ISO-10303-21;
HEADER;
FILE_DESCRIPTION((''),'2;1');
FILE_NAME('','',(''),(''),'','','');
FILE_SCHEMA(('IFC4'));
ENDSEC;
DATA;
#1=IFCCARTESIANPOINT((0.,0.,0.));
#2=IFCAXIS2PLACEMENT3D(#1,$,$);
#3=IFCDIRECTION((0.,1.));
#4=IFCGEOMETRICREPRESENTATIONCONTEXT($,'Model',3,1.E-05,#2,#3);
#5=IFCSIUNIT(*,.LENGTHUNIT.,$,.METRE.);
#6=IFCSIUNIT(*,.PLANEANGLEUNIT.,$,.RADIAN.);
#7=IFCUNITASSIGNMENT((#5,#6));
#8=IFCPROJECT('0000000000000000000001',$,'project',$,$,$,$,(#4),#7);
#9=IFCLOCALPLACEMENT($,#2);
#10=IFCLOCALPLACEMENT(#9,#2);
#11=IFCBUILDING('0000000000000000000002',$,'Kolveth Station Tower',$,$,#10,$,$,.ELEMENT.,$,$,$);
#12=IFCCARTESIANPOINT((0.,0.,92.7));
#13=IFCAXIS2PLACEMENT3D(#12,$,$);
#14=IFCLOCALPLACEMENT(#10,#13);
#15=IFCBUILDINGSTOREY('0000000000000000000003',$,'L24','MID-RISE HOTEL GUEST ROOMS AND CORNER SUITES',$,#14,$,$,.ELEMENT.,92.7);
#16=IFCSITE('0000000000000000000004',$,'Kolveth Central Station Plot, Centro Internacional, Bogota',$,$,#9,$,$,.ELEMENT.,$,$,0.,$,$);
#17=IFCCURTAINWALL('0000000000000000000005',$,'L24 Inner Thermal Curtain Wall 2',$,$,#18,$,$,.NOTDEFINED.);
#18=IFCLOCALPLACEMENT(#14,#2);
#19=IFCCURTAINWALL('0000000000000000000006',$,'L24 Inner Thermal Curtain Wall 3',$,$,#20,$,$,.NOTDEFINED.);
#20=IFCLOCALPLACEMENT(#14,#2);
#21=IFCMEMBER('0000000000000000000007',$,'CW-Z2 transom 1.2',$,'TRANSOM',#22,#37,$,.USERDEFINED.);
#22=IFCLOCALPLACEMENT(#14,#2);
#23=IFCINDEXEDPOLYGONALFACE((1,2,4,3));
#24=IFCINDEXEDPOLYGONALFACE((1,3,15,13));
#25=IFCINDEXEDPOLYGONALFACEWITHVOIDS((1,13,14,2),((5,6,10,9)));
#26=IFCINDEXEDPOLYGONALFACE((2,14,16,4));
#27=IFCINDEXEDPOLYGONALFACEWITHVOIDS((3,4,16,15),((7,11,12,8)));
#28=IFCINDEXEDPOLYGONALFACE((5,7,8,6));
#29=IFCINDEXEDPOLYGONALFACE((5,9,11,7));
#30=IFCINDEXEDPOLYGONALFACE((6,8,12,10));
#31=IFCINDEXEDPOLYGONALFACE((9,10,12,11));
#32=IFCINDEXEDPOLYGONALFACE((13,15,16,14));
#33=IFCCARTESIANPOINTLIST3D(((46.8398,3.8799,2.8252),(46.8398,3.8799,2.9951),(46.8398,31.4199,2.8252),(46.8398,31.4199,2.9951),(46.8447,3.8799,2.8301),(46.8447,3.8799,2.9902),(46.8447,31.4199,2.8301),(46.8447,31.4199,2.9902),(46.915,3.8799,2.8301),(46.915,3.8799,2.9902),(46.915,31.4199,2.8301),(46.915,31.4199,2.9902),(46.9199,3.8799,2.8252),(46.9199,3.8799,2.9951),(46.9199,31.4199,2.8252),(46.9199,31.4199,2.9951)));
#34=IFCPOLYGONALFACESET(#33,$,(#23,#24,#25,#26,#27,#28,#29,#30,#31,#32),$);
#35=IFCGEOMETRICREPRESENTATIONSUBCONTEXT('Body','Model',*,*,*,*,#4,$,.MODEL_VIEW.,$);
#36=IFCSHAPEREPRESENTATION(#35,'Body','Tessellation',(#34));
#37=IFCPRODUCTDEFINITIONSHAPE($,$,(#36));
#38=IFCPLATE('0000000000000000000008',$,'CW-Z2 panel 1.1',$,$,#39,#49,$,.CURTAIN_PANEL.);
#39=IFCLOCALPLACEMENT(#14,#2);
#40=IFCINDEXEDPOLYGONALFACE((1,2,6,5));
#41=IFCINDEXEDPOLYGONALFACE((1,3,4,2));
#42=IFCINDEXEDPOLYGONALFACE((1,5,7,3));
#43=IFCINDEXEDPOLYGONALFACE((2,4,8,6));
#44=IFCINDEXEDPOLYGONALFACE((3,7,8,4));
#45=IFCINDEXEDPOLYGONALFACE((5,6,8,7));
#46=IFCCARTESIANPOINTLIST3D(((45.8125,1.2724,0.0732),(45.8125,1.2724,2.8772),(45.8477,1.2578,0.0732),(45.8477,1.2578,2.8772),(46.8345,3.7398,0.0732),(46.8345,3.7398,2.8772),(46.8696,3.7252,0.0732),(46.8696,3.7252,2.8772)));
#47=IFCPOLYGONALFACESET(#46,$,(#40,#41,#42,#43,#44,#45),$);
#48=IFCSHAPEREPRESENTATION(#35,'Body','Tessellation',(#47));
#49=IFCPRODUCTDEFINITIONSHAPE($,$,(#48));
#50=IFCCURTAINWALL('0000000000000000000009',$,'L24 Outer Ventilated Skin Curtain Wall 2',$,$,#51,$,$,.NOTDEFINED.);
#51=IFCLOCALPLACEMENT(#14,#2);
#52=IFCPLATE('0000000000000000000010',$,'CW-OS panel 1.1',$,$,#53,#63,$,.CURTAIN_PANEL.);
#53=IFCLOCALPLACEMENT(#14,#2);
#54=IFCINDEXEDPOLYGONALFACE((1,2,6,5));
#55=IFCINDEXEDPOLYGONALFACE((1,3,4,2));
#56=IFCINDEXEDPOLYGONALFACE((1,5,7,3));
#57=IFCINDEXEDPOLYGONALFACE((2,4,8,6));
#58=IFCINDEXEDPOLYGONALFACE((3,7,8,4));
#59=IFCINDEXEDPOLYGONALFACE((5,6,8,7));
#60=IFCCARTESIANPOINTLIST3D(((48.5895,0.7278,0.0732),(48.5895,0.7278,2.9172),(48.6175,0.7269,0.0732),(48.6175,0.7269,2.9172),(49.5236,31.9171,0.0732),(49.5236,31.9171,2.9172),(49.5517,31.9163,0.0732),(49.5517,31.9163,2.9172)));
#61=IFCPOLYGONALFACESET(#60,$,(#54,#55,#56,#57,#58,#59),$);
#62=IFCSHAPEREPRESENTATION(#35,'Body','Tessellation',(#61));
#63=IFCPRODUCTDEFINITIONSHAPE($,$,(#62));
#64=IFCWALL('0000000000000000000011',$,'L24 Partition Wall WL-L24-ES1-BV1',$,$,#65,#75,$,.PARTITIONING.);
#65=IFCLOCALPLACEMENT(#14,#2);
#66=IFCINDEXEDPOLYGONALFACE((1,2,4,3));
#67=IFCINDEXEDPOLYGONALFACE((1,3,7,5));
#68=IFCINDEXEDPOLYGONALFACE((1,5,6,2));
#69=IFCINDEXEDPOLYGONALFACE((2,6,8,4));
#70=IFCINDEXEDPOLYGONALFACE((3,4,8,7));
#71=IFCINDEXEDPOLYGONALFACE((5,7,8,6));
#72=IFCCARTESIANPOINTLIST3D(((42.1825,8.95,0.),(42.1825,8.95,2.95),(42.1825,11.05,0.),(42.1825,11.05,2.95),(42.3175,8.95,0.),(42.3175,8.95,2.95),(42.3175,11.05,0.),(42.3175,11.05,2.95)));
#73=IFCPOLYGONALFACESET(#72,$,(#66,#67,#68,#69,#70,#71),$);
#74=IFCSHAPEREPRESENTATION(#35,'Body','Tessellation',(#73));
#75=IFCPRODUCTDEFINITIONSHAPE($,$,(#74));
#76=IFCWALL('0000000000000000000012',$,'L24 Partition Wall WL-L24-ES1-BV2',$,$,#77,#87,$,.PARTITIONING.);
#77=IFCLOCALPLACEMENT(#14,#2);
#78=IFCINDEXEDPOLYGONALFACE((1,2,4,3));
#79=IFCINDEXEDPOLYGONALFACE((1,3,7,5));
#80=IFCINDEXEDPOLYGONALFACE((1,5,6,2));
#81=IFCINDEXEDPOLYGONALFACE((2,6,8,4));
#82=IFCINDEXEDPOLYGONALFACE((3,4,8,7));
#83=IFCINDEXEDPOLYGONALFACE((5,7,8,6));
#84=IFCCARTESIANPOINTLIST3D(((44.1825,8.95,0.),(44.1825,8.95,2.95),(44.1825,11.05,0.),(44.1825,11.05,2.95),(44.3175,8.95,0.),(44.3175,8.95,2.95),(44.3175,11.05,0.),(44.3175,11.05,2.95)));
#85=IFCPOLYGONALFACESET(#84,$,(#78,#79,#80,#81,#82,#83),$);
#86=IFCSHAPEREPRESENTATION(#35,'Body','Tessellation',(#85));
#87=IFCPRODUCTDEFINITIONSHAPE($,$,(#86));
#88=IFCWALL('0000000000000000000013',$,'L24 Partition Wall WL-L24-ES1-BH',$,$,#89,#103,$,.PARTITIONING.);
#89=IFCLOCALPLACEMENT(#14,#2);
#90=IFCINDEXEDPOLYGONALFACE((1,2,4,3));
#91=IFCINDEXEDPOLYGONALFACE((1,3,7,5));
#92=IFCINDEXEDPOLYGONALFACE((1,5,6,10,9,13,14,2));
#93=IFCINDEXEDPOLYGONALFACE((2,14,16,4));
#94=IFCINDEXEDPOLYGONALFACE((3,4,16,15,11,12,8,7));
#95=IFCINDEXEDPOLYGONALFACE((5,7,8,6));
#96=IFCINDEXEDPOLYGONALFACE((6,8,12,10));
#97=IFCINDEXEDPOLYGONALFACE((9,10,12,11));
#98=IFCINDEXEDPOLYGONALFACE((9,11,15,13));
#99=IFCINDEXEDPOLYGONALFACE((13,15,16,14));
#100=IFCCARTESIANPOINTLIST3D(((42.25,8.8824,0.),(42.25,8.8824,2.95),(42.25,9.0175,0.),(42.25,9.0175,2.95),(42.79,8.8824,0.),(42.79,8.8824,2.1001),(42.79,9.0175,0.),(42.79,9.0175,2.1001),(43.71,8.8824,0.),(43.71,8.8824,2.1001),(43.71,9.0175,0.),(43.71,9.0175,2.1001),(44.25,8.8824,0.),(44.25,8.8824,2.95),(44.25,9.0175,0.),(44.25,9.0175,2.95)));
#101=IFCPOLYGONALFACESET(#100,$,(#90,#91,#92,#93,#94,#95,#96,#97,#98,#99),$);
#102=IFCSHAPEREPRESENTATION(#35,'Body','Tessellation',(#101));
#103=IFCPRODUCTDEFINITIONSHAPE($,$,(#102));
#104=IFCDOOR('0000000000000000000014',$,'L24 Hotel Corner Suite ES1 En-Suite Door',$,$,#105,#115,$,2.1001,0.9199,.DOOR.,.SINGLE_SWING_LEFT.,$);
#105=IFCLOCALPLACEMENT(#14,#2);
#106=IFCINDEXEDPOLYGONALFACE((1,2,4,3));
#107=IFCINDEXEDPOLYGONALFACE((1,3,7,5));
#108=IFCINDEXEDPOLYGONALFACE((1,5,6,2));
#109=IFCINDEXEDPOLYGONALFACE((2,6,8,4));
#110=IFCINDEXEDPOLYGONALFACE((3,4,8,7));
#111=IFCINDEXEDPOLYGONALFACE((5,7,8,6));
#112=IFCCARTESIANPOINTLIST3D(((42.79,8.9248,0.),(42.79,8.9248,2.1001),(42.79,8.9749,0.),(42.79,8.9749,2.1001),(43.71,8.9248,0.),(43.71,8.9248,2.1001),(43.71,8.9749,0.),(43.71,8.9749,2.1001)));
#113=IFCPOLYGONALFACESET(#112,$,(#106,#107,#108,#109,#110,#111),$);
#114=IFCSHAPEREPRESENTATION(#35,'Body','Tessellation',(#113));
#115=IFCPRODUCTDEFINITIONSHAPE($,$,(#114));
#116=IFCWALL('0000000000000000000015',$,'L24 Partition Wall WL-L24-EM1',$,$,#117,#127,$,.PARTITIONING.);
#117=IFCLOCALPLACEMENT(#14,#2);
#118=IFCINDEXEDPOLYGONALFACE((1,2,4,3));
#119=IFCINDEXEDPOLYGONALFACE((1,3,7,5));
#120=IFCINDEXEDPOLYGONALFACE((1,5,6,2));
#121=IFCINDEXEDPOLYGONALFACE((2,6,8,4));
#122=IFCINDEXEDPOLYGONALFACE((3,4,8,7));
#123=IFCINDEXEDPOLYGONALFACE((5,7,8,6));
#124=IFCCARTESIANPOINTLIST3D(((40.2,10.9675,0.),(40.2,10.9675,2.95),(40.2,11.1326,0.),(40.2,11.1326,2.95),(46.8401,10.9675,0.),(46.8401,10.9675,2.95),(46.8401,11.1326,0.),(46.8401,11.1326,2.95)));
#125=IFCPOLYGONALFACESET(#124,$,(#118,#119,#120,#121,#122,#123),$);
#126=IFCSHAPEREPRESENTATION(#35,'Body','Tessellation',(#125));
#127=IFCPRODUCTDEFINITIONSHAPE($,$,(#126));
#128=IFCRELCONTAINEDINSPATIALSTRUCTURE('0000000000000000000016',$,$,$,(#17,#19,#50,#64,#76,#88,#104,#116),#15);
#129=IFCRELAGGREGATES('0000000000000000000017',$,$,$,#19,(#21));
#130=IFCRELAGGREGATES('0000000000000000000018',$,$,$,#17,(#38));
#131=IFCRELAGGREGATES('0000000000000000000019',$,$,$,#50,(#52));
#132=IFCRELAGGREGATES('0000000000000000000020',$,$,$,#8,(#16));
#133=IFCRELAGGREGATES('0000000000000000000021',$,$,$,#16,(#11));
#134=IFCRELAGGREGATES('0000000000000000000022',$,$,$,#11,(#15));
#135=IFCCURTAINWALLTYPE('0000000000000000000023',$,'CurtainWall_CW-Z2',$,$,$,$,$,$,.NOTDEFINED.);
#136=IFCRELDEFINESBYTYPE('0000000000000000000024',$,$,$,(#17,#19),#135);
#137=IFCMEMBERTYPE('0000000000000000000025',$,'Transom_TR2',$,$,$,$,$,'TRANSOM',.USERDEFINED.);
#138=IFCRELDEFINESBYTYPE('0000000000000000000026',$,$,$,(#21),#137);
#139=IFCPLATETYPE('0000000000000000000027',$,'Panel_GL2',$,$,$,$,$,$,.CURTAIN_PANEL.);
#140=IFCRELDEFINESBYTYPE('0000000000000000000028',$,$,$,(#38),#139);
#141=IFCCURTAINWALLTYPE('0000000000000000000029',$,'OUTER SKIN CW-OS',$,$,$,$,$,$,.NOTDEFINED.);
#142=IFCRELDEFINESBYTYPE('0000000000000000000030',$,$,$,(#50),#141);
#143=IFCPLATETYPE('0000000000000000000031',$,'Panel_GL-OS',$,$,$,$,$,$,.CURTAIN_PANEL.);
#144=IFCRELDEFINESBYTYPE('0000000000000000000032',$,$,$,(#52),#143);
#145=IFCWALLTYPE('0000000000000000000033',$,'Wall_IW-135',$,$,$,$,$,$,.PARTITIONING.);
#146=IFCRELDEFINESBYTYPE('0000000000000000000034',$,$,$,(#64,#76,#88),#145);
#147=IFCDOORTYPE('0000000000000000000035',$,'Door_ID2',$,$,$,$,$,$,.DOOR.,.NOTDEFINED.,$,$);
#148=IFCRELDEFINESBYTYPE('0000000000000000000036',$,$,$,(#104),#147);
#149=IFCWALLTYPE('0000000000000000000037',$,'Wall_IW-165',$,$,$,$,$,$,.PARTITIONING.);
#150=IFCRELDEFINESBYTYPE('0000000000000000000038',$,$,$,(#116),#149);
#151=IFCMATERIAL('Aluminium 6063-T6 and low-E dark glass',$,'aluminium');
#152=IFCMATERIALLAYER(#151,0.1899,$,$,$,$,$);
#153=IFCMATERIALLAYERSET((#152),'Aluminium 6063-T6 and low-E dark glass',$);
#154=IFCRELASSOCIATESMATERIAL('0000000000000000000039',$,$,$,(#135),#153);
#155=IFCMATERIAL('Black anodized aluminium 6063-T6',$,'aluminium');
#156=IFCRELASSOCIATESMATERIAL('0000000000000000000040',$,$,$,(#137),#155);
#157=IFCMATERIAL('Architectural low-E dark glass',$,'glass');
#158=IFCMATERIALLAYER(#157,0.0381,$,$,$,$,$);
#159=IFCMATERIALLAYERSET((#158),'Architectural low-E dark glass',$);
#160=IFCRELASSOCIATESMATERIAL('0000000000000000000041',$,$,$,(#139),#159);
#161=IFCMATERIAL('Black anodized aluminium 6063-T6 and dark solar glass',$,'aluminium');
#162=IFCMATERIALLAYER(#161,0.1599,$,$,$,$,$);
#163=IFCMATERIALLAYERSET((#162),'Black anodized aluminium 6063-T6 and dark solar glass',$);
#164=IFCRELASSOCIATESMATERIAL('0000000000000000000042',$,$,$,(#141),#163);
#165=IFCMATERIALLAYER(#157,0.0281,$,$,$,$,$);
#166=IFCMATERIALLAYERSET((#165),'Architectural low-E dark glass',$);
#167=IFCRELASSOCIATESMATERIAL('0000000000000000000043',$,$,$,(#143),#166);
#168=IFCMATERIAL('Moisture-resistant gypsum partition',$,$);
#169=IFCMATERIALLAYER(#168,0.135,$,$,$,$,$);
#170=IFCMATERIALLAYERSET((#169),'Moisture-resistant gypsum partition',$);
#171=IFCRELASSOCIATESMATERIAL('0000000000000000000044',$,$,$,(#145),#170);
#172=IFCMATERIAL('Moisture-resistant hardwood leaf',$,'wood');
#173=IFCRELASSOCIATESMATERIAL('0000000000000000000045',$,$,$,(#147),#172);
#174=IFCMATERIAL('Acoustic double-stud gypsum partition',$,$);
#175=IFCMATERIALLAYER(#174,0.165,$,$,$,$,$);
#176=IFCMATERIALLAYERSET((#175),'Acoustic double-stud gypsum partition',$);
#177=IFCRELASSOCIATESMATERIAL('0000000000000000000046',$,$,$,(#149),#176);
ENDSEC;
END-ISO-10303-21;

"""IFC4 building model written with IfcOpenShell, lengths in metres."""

from ifc_helpers import new_model, si_unit, direction, frame, frame_2d, origin, origin_2d, place, context, subcontext, project, spatial, rectangle, hollow_rectangle, extrude, source, transform, mapped, material, layer, layer_set, material_profile, profile_set, type_object, element, fill, aggregate, save


model = new_model("IFC4")

# Units and contexts
model_context = context("Model", 3, precision=1e-05, world=origin(), true_north=direction((0.0, 1.0)))
body_context = subcontext(model_context, "Body", "Model", "MODEL_VIEW")
ifc_project = project(units=[si_unit("LENGTHUNIT", "METRE"), si_unit("PLANEANGLEUNIT", "RADIAN")], contexts=[model_context])

# Site, building, storey
site_placement = place(None, origin())
site = spatial("IfcSite", under=ifc_project, at=site_placement, Name="Kolveth Central Station Plot, Centro Internacional, Bogota", CompositionType="ELEMENT", RefElevation=0.0)
building_placement = place(site_placement, origin())
building = spatial("IfcBuilding", under=site, at=building_placement, Name="Kolveth Station Tower", CompositionType="ELEMENT")
storey_placement = place(building_placement, frame((0.0, 0.0, 92.7)))
storey = spatial("IfcBuildingStorey", under=building, at=storey_placement, Name="L24", Description="MID-RISE HOTEL GUEST ROOMS AND CORNER SUITES", CompositionType="ELEMENT", Elevation=92.7)

# Curtain wall
ifc_material_1 = material(Name="Aluminium 6063-T6 and low-E dark glass", Category="aluminium")
ifc_layer_1 = layer(ifc_material_1, 0.1899)
ifc_layer_set_1 = layer_set([ifc_layer_1], Name="Aluminium 6063-T6 and low-E dark glass")
curtain_wall_type_1 = type_object("IfcCurtainWallType", Name="CurtainWall_CW-Z2", PredefinedType="NOTDEFINED", material=ifc_layer_set_1)
curtain_wall_1_placement = place(storey_placement, origin())
curtain_wall_1 = element("IfcCurtainWall", 1, at=curtain_wall_1_placement, inside=storey, type_object=curtain_wall_type_1, Name="L24 Inner Thermal Curtain Wall 2", PredefinedType="NOTDEFINED")
ifc_material_2 = material(Name="Black anodized aluminium 6063-T6", Category="aluminium")

# Curtain wall
curtain_wall_2_placement = place(storey_placement, origin())
curtain_wall_2 = element("IfcCurtainWall", 2, at=curtain_wall_2_placement, inside=storey, type_object=curtain_wall_type_1, Name="L24 Inner Thermal Curtain Wall 3", PredefinedType="NOTDEFINED")

# Member
ifc_material_profile_1 = material_profile(ifc_material_2, hollow_rectangle(XDim=0.0801, YDim=0.1699, WallThickness=0.0049, at=origin_2d()), Name="ALU-80x170x5")
ifc_profile_set_1 = profile_set([ifc_material_profile_1], Name="Black anodized aluminium 6063-T6")
member_type_1 = type_object("IfcMemberType", Name="Transom_TR2", ElementType="TRANSOM", PredefinedType="USERDEFINED", material=ifc_profile_set_1)
shared_shape_1 = source(origin(), body_context, "Body", "SweptSolid", [
    extrude(hollow_rectangle(XDim=0.0801, YDim=0.1699, WallThickness=0.0049, at=origin_2d()), origin(), (0.0, 0.0, 1.0), 27.54),
])
member_1_placement = place(storey_placement, frame((46.8799, 3.8799, 2.9102), z_axis=(0.0, 1.0, 0.0), x_axis=(-1.0, 0.0, 0.0)))
member_1 = element("IfcMember", 3, at=member_1_placement, type_object=member_type_1, Name="CW-Z2 transom 1.2", ObjectType="TRANSOM", PredefinedType="USERDEFINED", context=body_context, shape_type="MappedRepresentation", body=[
    mapped(shared_shape_1, transform((0.0, 0.0, 0.0), x_axis=(1.0, 0.0, 0.0), y_axis=(0.0, 1.0, 0.0), z_axis=(0.0, 0.0, 1.0), scale=1.0)),
])
aggregate(curtain_wall_2, [member_1])

# Plate
ifc_material_3 = material(Name="Architectural low-E dark glass", Category="glass")
ifc_layer_2 = layer(ifc_material_3, 0.0381)
ifc_layer_set_2 = layer_set([ifc_layer_2], Name="Architectural low-E dark glass")
plate_type_1 = type_object("IfcPlateType", Name="Panel_GL2", PredefinedType="CURTAIN_PANEL", material=ifc_layer_set_2)
shared_shape_2 = source(origin(), body_context, "Body", "SweptSolid", [
    extrude(rectangle(XDim=2.6707, YDim=0.0381, at=origin_2d()), origin(), (0.0, 0.0, 1.0), 2.804),
])
plate_1_placement = place(storey_placement, frame((46.3411, 2.4988, 0.0732), z_axis=(0.0, 0.0, 1.0), x_axis=(0.382663, 0.923888, 0.0)))
plate_1 = element("IfcPlate", 4, at=plate_1_placement, type_object=plate_type_1, Name="CW-Z2 panel 1.1", PredefinedType="CURTAIN_PANEL", context=body_context, shape_type="MappedRepresentation", body=[
    mapped(shared_shape_2, transform((0.0, 0.0, 0.0), x_axis=(1.0, 0.0, 0.0), y_axis=(0.0, 1.0, 0.0), z_axis=(0.0, 0.0, 1.0), scale=1.0)),
])
aggregate(curtain_wall_1, [plate_1])

# Curtain wall, plate
ifc_material_4 = material(Name="Black anodized aluminium 6063-T6 and dark solar glass", Category="aluminium")
ifc_layer_3 = layer(ifc_material_4, 0.1599)
ifc_layer_set_3 = layer_set([ifc_layer_3], Name="Black anodized aluminium 6063-T6 and dark solar glass")
curtain_wall_type_2 = type_object("IfcCurtainWallType", Name="OUTER SKIN CW-OS", PredefinedType="NOTDEFINED", material=ifc_layer_set_3)
curtain_wall_3_placement = place(storey_placement, origin())
curtain_wall_3 = element("IfcCurtainWall", 5, at=curtain_wall_3_placement, inside=storey, type_object=curtain_wall_type_2, Name="L24 Outer Ventilated Skin Curtain Wall 2", PredefinedType="NOTDEFINED")
ifc_layer_4 = layer(ifc_material_3, 0.0281)
ifc_layer_set_4 = layer_set([ifc_layer_4], Name="Architectural low-E dark glass")
plate_type_2 = type_object("IfcPlateType", Name="Panel_GL-OS", PredefinedType="CURTAIN_PANEL", material=ifc_layer_set_4)
shared_shape_3 = source(origin(), body_context, "Body", "SweptSolid", [
    extrude(rectangle(XDim=31.2034, YDim=0.0281, at=origin_2d()), origin(), (0.0, 0.0, 1.0), 2.844),
])
plate_2_placement = place(storey_placement, frame((49.0706, 16.322, 0.0732), z_axis=(0.0, 0.0, 1.0), x_axis=(0.029937, 0.999552, 0.0)))
plate_2 = element("IfcPlate", 6, at=plate_2_placement, type_object=plate_type_2, Name="CW-OS panel 1.1", PredefinedType="CURTAIN_PANEL", context=body_context, shape_type="MappedRepresentation", body=[
    mapped(shared_shape_3, transform((0.0, 0.0, 0.0), x_axis=(1.0, 0.0, 0.0), y_axis=(0.0, 1.0, 0.0), z_axis=(0.0, 0.0, 1.0), scale=1.0)),
])
aggregate(curtain_wall_3, [plate_2])

# Walls
ifc_material_5 = material(Name="Moisture-resistant gypsum partition")
ifc_layer_5 = layer(ifc_material_5, 0.135)
ifc_layer_set_5 = layer_set([ifc_layer_5], Name="Moisture-resistant gypsum partition")
wall_type_1 = type_object("IfcWallType", Name="Wall_IW-135", PredefinedType="PARTITIONING", material=ifc_layer_set_5)
for number, where, z_axis, x_axis, name in (
    (7, (42.25, 8.95, 0.0), (0.0, 0.0, 1.0), (0.0, 1.0, 0.0), "L24 Partition Wall WL-L24-ES1-BV1"),
    (8, (44.25, 8.95, 0.0), (0.0, 0.0, 1.0), (0.0, 1.0, 0.0), "L24 Partition Wall WL-L24-ES1-BV2"),
):
    element("IfcWall", number, at=place(storey_placement, frame(where, z_axis=z_axis, x_axis=x_axis)), inside=storey, type_object=wall_type_1, Name=name, PredefinedType="PARTITIONING", context=body_context, shape_type="SweptSolid", body=[
        extrude(rectangle(XDim=2.1001, YDim=0.135, at=frame_2d((1.05, 0.0))), origin(), (0.0, 0.0, 1.0), 2.95),
    ])

# Wall, opening, door
wall_1_placement = place(storey_placement, frame((42.25, 8.95, 0.0), z_axis=(0.0, 0.0, 1.0), x_axis=(1.0, 0.0, 0.0)))
wall_1 = element("IfcWall", 9, at=wall_1_placement, inside=storey, type_object=wall_type_1, Name="L24 Partition Wall WL-L24-ES1-BH", PredefinedType="PARTITIONING", context=body_context, shape_type="SweptSolid", body=[
    extrude(rectangle(XDim=2.0, YDim=0.135, at=frame_2d((1.0, 0.0))), origin(), (0.0, 0.0, 1.0), 2.95),
])
opening_placement = place(wall_1_placement, frame((0.54, 0.0, 0.0)))
opening = element("IfcOpeningElement", 10, at=opening_placement, cuts=wall_1, PredefinedType="OPENING", context=body_context, shape_type="SweptSolid", body=[
    extrude(rectangle(XDim=0.9199, YDim=2.1001, at=frame_2d((0.46, 1.05))), frame((0.0, 0.0774, 0.0), z_axis=(0.0, -1.0, 0.0), x_axis=(1.0, 0.0, 0.0)), (0.0, 0.0, 1.0), 0.155),
])
ifc_material_6 = material(Name="Moisture-resistant hardwood leaf", Category="wood")
door_type = type_object("IfcDoorType", Name="Door_ID2", OperationType="NOTDEFINED", PredefinedType="DOOR", material=ifc_material_6)
door_placement = place(opening_placement, origin())
door = element("IfcDoor", 11, at=door_placement, inside=storey, type_object=door_type, Name="L24 Hotel Corner Suite ES1 En-Suite Door", OperationType="SINGLE_SWING_LEFT", OverallHeight=2.1001, OverallWidth=0.9199, PredefinedType="DOOR", context=body_context, shape_type="SweptSolid", body=[
    extrude(rectangle(XDim=0.9199, YDim=2.1001, at=frame_2d((0.46, 1.05))), frame((0.0, 0.0249, 0.0), z_axis=(0.0, -1.0, 0.0), x_axis=(1.0, 0.0, 0.0)), (0.0, 0.0, 1.0), 0.05),
])
fill(opening, door)

# Wall
ifc_material_7 = material(Name="Acoustic double-stud gypsum partition")
ifc_layer_6 = layer(ifc_material_7, 0.165)
ifc_layer_set_6 = layer_set([ifc_layer_6], Name="Acoustic double-stud gypsum partition")
wall_type_2 = type_object("IfcWallType", Name="Wall_IW-165", PredefinedType="PARTITIONING", material=ifc_layer_set_6)
wall_2_placement = place(storey_placement, frame((40.2, 11.05, 0.0), z_axis=(0.0, 0.0, 1.0), x_axis=(1.0, 0.0, 0.0)))
element("IfcWall", 12, at=wall_2_placement, inside=storey, type_object=wall_type_2, Name="L24 Partition Wall WL-L24-EM1", PredefinedType="PARTITIONING", context=body_context, shape_type="SweptSolid", body=[
    extrude(rectangle(XDim=6.6401, YDim=0.165, at=frame_2d((3.3201, 0.0))), origin(), (0.0, 0.0, 1.0), 2.95),
])

save(model, "model.ifc")
